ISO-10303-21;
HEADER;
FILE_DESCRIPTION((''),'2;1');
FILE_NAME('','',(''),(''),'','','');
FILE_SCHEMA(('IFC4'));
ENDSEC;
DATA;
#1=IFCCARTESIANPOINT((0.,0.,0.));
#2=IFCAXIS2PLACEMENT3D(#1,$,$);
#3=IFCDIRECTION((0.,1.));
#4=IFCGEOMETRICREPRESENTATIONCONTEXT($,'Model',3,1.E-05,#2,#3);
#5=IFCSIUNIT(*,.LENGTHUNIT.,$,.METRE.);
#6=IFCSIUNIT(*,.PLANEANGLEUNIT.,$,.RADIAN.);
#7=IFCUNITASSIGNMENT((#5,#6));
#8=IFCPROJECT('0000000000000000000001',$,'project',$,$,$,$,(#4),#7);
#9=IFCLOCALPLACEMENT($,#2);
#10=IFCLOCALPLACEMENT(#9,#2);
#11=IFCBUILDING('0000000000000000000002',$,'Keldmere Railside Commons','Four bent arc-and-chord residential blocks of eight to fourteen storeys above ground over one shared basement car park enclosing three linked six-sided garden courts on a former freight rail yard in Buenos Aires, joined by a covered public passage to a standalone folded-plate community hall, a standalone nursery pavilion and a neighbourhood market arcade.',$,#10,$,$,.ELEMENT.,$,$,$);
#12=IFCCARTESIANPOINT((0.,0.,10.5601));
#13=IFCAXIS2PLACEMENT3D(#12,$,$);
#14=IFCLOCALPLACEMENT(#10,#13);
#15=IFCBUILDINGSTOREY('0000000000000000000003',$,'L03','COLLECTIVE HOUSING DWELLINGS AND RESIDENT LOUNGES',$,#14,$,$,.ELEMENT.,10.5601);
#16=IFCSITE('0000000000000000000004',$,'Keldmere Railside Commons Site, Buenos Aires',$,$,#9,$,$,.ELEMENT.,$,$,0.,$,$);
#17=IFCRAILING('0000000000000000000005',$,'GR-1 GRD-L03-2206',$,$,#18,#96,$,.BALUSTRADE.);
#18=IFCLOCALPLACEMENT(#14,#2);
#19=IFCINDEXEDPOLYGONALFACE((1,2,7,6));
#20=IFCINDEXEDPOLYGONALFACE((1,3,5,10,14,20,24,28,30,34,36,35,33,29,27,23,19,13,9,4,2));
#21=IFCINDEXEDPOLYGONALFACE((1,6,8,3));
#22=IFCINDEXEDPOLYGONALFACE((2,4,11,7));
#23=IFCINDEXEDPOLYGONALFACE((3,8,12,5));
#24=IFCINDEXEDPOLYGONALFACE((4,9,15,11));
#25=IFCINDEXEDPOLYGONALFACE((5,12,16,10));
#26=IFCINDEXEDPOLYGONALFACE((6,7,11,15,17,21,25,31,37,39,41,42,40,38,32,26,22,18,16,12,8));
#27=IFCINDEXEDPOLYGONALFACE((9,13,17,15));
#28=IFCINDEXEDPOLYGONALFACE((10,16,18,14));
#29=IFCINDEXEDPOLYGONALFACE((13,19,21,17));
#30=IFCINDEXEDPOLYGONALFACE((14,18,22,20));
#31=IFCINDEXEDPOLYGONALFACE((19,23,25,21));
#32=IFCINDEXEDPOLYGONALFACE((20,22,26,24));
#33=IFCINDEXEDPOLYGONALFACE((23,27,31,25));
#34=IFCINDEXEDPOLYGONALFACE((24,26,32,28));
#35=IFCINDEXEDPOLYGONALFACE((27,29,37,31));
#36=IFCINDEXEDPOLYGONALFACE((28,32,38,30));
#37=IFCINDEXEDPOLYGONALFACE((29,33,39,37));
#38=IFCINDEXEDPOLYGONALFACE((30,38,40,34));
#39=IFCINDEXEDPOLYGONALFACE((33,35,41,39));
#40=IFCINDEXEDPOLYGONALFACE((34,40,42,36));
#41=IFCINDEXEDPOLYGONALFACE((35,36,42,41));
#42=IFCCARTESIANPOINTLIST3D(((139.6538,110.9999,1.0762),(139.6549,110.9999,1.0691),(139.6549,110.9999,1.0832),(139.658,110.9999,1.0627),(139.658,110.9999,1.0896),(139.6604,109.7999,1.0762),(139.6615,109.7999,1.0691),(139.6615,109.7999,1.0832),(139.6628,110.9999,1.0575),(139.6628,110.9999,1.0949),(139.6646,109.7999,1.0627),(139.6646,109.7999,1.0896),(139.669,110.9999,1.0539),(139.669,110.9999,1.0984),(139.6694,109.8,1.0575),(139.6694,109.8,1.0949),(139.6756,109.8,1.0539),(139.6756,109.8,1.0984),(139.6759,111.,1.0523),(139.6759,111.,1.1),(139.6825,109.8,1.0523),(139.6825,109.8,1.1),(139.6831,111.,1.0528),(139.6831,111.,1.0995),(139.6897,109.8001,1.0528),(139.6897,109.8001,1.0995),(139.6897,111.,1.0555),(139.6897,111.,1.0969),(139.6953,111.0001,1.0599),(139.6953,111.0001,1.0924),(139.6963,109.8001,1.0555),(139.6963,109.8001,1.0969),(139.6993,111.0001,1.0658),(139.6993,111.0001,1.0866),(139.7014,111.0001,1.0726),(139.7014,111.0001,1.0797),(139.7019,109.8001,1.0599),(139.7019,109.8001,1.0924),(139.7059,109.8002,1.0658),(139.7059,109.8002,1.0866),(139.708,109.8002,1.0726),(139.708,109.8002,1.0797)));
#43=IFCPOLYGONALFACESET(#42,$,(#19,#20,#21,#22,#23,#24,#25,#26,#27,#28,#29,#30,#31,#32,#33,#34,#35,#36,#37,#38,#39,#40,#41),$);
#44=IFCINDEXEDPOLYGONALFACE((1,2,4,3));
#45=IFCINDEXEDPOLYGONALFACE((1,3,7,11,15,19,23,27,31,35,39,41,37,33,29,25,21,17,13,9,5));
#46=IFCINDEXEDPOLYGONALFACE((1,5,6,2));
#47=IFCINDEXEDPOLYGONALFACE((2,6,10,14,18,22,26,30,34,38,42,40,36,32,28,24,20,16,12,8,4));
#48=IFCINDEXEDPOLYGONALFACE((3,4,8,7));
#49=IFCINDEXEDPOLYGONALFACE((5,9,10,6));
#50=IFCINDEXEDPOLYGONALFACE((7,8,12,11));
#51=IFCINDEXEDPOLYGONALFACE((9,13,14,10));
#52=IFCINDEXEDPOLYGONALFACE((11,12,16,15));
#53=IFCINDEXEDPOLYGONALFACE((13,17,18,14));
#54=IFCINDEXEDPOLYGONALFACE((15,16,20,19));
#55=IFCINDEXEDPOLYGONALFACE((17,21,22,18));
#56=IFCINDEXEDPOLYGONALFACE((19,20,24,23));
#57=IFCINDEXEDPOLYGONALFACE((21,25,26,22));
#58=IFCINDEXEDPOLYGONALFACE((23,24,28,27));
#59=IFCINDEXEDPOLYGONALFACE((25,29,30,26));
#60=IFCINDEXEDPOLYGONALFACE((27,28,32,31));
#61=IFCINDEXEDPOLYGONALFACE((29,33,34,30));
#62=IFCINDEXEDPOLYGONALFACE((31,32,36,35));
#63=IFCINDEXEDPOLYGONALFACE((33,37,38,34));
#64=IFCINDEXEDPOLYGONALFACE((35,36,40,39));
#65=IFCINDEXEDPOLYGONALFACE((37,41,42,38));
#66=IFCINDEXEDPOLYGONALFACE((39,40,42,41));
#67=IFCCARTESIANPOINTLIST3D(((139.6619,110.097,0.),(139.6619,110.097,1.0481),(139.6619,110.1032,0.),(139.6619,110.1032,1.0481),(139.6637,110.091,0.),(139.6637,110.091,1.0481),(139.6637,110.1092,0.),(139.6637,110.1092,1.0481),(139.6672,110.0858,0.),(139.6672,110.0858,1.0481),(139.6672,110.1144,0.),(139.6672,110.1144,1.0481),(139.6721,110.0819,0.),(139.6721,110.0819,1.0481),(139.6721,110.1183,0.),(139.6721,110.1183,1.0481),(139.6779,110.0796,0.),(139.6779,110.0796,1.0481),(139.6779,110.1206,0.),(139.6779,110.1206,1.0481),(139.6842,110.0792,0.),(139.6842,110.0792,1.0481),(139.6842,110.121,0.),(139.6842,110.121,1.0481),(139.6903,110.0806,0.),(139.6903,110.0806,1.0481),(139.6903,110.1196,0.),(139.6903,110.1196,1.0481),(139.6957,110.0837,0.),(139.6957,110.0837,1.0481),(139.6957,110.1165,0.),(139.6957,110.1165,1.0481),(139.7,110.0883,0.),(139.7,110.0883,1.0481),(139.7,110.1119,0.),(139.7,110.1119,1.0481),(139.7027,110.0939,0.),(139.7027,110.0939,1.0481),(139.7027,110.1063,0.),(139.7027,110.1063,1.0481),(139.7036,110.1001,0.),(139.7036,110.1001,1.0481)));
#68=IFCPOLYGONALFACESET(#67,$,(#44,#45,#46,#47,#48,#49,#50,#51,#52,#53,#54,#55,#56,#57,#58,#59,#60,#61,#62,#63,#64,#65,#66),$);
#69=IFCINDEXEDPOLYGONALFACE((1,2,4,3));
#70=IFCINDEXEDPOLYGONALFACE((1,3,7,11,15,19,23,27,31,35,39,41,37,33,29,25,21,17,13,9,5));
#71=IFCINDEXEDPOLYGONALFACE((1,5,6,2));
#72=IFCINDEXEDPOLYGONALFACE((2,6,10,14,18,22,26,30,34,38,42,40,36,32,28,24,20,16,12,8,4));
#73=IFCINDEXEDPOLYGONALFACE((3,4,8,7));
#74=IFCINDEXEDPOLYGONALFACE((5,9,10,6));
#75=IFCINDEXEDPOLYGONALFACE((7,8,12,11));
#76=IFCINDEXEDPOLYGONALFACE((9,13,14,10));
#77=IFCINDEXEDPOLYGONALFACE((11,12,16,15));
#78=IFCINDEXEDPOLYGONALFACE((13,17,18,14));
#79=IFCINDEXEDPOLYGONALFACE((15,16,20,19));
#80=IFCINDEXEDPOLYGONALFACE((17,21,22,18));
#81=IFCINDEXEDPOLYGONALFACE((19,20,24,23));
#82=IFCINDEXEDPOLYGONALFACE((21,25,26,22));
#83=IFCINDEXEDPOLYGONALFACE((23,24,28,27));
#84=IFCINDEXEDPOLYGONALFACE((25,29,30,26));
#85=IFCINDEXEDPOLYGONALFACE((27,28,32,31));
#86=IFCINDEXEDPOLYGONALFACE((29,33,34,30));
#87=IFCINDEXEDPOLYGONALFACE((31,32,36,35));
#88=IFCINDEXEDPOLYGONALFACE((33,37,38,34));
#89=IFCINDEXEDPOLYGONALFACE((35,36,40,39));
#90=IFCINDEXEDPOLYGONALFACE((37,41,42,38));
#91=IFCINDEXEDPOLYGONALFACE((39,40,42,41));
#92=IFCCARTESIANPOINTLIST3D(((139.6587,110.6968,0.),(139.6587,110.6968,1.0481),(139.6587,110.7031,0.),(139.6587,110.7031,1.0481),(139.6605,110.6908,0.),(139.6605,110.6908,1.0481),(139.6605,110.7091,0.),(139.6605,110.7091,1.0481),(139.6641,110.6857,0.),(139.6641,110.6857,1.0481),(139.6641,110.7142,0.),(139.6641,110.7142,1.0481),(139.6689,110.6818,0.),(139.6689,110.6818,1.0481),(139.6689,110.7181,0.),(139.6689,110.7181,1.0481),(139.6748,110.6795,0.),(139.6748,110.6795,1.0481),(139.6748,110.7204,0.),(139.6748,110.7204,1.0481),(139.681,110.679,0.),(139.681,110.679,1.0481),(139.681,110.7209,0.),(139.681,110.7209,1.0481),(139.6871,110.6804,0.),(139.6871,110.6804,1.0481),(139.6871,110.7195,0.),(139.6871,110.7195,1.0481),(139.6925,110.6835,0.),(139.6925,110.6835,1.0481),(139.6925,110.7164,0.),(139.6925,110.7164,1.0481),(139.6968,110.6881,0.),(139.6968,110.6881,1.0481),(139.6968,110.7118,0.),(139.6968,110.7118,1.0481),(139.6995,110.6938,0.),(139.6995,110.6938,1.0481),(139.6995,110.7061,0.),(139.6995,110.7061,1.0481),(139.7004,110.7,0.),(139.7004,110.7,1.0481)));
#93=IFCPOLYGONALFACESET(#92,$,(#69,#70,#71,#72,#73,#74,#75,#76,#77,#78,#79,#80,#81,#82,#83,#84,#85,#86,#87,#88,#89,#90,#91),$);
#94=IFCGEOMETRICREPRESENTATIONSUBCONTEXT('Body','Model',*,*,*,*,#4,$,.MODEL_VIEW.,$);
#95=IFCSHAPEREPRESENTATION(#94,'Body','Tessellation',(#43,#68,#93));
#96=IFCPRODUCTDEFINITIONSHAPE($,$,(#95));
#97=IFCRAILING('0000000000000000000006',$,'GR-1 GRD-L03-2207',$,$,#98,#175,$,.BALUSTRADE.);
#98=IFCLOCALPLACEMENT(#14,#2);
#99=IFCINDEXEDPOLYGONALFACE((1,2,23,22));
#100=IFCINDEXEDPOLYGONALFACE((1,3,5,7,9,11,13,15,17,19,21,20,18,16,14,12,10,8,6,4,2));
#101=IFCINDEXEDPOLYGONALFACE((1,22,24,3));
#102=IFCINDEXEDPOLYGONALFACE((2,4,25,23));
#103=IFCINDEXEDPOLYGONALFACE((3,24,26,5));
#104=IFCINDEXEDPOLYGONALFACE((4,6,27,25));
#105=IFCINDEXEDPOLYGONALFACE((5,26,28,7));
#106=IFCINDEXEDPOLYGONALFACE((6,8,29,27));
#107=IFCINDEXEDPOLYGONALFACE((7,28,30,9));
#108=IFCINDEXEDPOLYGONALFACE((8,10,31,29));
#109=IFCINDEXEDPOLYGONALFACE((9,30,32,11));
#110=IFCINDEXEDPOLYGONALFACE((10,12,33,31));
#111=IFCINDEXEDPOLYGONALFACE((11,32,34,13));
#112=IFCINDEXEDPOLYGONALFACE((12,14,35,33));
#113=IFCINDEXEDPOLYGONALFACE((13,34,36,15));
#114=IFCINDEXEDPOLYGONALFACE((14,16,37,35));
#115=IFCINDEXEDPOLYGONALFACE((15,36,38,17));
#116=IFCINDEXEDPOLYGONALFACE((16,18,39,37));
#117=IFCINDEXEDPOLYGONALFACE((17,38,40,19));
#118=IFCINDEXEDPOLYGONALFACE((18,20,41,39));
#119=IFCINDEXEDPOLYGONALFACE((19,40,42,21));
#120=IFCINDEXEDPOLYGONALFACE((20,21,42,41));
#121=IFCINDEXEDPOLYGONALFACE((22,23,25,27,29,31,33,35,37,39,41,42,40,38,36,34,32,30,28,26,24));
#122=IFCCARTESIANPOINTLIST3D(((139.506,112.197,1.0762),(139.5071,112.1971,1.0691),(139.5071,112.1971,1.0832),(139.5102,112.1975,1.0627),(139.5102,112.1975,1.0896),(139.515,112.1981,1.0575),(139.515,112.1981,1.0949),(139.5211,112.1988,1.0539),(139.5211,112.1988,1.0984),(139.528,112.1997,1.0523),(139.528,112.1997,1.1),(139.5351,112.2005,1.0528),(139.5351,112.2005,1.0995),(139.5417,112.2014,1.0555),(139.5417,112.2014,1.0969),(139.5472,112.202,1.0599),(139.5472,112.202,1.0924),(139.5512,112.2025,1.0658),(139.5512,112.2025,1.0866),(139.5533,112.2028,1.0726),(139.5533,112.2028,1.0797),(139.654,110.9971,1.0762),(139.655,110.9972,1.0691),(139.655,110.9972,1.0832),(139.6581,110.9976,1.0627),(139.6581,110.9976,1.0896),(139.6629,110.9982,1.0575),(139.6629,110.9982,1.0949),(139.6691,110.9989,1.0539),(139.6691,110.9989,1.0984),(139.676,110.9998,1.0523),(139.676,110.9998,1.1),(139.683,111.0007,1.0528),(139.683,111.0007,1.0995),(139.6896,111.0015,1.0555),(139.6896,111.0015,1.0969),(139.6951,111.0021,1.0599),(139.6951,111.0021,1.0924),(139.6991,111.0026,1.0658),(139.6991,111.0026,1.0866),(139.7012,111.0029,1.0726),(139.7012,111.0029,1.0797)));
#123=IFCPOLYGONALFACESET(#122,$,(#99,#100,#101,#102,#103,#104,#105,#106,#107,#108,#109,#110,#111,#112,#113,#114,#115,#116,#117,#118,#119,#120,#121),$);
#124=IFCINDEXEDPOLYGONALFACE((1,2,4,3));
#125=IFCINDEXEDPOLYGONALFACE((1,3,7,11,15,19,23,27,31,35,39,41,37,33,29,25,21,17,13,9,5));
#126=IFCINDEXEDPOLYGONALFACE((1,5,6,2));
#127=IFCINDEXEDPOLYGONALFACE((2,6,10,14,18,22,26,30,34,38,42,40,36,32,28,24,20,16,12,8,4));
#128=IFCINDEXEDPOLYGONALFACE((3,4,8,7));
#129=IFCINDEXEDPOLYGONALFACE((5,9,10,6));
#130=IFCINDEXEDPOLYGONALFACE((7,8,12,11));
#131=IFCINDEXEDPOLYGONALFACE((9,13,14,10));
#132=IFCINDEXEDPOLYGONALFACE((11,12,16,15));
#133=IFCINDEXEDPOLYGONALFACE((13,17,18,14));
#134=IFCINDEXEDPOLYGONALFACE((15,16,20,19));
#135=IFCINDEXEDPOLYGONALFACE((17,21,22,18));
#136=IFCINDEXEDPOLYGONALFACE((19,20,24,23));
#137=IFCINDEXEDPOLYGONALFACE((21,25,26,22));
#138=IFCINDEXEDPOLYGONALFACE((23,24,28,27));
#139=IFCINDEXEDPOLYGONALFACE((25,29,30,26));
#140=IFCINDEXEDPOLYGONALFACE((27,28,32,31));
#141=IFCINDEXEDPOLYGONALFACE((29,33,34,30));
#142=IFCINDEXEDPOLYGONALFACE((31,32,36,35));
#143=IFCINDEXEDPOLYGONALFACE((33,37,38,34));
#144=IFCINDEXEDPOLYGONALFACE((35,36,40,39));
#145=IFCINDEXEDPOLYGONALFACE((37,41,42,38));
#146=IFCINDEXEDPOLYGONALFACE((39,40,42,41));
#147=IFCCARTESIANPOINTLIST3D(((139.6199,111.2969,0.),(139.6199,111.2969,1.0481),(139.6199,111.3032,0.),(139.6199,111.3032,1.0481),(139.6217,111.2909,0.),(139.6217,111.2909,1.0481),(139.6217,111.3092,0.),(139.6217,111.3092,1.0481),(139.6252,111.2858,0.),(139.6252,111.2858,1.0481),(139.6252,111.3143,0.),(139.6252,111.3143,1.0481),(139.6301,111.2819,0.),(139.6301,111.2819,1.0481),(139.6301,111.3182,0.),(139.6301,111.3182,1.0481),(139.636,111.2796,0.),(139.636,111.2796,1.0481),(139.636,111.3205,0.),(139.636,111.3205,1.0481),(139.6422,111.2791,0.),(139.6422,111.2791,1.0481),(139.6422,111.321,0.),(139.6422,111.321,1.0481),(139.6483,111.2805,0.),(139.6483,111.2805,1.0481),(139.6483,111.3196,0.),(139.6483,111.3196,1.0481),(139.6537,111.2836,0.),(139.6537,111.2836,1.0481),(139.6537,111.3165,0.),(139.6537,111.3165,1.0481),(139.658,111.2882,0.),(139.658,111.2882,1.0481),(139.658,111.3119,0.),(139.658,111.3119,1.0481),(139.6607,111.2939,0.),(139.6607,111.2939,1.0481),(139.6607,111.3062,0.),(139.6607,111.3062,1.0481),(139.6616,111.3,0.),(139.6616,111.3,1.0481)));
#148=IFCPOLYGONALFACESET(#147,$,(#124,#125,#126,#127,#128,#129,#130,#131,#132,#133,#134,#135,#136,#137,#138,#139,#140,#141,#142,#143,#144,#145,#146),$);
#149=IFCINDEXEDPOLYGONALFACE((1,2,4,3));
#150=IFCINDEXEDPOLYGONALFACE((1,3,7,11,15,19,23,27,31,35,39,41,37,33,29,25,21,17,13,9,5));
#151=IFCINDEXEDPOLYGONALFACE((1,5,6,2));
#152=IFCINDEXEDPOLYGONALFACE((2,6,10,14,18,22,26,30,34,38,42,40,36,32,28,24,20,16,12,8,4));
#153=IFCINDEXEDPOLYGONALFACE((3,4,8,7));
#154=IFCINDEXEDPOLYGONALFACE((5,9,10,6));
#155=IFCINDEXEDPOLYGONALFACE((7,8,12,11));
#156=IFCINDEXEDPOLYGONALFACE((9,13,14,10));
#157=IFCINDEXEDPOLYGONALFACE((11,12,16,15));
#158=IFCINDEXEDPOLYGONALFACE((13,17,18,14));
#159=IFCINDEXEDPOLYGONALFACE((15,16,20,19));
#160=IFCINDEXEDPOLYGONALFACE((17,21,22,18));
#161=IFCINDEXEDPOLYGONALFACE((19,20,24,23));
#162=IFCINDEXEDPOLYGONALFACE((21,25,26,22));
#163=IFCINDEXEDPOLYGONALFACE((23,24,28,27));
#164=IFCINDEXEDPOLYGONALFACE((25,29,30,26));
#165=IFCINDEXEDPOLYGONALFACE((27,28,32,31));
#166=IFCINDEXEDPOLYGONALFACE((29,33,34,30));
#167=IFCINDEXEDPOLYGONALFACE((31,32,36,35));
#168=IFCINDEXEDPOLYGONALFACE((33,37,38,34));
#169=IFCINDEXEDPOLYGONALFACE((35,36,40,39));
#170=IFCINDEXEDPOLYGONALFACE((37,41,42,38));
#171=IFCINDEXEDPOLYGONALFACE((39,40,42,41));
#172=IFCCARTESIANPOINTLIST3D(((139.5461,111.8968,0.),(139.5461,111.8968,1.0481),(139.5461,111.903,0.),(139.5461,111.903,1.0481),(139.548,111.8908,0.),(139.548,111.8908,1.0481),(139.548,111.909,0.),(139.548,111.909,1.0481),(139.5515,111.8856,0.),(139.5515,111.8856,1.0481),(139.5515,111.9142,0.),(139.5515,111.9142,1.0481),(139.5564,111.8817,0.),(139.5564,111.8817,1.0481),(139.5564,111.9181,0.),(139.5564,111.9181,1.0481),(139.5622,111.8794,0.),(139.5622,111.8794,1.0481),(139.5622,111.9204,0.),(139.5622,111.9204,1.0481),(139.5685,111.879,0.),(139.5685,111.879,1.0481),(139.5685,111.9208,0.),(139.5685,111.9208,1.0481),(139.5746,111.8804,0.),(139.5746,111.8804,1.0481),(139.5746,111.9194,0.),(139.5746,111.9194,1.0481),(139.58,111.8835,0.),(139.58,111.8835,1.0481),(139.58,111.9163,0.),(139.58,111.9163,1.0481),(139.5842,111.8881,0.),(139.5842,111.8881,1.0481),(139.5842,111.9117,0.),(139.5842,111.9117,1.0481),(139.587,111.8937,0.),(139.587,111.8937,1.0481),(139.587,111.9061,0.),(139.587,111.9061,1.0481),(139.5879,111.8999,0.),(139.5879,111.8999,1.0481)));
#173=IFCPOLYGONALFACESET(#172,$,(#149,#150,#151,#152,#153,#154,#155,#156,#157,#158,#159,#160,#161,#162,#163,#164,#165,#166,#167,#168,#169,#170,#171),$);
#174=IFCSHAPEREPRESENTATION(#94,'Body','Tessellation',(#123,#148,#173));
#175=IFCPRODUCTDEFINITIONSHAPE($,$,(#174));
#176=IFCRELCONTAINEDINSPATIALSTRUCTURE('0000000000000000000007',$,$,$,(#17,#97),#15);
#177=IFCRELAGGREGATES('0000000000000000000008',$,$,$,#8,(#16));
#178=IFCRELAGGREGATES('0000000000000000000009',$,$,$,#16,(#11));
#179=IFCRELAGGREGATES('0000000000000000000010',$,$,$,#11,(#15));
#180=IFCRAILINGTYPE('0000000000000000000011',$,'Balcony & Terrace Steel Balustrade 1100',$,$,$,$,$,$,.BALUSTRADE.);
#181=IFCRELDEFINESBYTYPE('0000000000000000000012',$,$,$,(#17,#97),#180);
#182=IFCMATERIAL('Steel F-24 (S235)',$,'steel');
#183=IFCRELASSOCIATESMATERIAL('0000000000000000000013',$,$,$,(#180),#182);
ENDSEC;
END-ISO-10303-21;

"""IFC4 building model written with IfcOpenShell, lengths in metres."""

from ifc_helpers import new_model, si_unit, direction, frame, origin, origin_2d, place, context, subcontext, project, spatial, circle, extrude, material, type_object, element, save


model = new_model("IFC4")

# Units and contexts
model_context = context("Model", 3, precision=1e-05, world=origin(), true_north=direction((0.0, 1.0)))
body_context = subcontext(model_context, "Body", "Model", "MODEL_VIEW")
ifc_project = project(units=[si_unit("LENGTHUNIT", "METRE"), si_unit("PLANEANGLEUNIT", "RADIAN")], contexts=[model_context])

# Site, building, storey
site_placement = place(None, origin())
site = spatial("IfcSite", under=ifc_project, at=site_placement, Name="Keldmere Railside Commons Site, Buenos Aires", CompositionType="ELEMENT", RefElevation=0.0)
building_placement = place(site_placement, origin())
building = spatial("IfcBuilding", under=site, at=building_placement, Name="Keldmere Railside Commons", Description="Four bent arc-and-chord residential blocks of eight to fourteen storeys above ground over one shared basement car park enclosing three linked six-sided garden courts on a former freight rail yard in Buenos Aires, joined by a covered public passage to a standalone folded-plate community hall, a standalone nursery pavilion and a neighbourhood market arcade.", CompositionType="ELEMENT")
storey_placement = place(building_placement, frame((0.0, 0.0, 10.5601)))
storey = spatial("IfcBuildingStorey", under=building, at=storey_placement, Name="L03", Description="COLLECTIVE HOUSING DWELLINGS AND RESIDENT LOUNGES", CompositionType="ELEMENT", Elevation=10.5601)

# Railings
ifc_material_1 = material(Name="Steel F-24 (S235)", Category="steel")
railing_type = type_object("IfcRailingType", Name="Balcony & Terrace Steel Balustrade 1100", PredefinedType="BALUSTRADE", material=ifc_material_1)
railing_1_placement = place(storey_placement, frame((139.6843, 109.8, 0.0)))
element("IfcRailing", 1, at=railing_1_placement, inside=storey, type_object=railing_type, Name="GR-1 GRD-L03-2206", PredefinedType="BALUSTRADE", context=body_context, shape_type="SweptSolid", body=[
    extrude(circle(Radius=0.0239, at=origin_2d()), frame((0.0, 0.0, 1.0762), z_axis=(-0.005493, 0.999985, 0.0), x_axis=(-0.999985, -0.005493, 0.0)), (0.0, 0.0, 1.0), 1.2),
    extrude(circle(Radius=0.021, at=origin_2d()), frame((-0.0017, 0.3, 0.0)), (0.0, 0.0, 1.0), 1.0481),
    extrude(circle(Radius=0.021, at=origin_2d()), frame((-0.0049, 0.8999, 0.0)), (0.0, 0.0, 1.0), 1.0481),
])
railing_2_placement = place(storey_placement, frame((139.6777, 111.0, 0.0)))
element("IfcRailing", 2, at=railing_2_placement, inside=storey, type_object=railing_type, Name="GR-1 GRD-L03-2207", PredefinedType="BALUSTRADE", context=body_context, shape_type="SweptSolid", body=[
    extrude(circle(Radius=0.0239, at=origin_2d()), frame((0.0, 0.0, 1.0762), z_axis=(-0.122369, 0.992485, 0.0), x_axis=(-0.992485, -0.122369, 0.0)), (0.0, 0.0, 1.0), 1.209),
    extrude(circle(Radius=0.021, at=origin_2d()), frame((-0.0371, 0.3, 0.0)), (0.0, 0.0, 1.0), 1.0481),
    extrude(circle(Radius=0.021, at=origin_2d()), frame((-0.1108, 0.8999, 0.0)), (0.0, 0.0, 1.0), 1.0481),
])

save(model, "model.ifc")
